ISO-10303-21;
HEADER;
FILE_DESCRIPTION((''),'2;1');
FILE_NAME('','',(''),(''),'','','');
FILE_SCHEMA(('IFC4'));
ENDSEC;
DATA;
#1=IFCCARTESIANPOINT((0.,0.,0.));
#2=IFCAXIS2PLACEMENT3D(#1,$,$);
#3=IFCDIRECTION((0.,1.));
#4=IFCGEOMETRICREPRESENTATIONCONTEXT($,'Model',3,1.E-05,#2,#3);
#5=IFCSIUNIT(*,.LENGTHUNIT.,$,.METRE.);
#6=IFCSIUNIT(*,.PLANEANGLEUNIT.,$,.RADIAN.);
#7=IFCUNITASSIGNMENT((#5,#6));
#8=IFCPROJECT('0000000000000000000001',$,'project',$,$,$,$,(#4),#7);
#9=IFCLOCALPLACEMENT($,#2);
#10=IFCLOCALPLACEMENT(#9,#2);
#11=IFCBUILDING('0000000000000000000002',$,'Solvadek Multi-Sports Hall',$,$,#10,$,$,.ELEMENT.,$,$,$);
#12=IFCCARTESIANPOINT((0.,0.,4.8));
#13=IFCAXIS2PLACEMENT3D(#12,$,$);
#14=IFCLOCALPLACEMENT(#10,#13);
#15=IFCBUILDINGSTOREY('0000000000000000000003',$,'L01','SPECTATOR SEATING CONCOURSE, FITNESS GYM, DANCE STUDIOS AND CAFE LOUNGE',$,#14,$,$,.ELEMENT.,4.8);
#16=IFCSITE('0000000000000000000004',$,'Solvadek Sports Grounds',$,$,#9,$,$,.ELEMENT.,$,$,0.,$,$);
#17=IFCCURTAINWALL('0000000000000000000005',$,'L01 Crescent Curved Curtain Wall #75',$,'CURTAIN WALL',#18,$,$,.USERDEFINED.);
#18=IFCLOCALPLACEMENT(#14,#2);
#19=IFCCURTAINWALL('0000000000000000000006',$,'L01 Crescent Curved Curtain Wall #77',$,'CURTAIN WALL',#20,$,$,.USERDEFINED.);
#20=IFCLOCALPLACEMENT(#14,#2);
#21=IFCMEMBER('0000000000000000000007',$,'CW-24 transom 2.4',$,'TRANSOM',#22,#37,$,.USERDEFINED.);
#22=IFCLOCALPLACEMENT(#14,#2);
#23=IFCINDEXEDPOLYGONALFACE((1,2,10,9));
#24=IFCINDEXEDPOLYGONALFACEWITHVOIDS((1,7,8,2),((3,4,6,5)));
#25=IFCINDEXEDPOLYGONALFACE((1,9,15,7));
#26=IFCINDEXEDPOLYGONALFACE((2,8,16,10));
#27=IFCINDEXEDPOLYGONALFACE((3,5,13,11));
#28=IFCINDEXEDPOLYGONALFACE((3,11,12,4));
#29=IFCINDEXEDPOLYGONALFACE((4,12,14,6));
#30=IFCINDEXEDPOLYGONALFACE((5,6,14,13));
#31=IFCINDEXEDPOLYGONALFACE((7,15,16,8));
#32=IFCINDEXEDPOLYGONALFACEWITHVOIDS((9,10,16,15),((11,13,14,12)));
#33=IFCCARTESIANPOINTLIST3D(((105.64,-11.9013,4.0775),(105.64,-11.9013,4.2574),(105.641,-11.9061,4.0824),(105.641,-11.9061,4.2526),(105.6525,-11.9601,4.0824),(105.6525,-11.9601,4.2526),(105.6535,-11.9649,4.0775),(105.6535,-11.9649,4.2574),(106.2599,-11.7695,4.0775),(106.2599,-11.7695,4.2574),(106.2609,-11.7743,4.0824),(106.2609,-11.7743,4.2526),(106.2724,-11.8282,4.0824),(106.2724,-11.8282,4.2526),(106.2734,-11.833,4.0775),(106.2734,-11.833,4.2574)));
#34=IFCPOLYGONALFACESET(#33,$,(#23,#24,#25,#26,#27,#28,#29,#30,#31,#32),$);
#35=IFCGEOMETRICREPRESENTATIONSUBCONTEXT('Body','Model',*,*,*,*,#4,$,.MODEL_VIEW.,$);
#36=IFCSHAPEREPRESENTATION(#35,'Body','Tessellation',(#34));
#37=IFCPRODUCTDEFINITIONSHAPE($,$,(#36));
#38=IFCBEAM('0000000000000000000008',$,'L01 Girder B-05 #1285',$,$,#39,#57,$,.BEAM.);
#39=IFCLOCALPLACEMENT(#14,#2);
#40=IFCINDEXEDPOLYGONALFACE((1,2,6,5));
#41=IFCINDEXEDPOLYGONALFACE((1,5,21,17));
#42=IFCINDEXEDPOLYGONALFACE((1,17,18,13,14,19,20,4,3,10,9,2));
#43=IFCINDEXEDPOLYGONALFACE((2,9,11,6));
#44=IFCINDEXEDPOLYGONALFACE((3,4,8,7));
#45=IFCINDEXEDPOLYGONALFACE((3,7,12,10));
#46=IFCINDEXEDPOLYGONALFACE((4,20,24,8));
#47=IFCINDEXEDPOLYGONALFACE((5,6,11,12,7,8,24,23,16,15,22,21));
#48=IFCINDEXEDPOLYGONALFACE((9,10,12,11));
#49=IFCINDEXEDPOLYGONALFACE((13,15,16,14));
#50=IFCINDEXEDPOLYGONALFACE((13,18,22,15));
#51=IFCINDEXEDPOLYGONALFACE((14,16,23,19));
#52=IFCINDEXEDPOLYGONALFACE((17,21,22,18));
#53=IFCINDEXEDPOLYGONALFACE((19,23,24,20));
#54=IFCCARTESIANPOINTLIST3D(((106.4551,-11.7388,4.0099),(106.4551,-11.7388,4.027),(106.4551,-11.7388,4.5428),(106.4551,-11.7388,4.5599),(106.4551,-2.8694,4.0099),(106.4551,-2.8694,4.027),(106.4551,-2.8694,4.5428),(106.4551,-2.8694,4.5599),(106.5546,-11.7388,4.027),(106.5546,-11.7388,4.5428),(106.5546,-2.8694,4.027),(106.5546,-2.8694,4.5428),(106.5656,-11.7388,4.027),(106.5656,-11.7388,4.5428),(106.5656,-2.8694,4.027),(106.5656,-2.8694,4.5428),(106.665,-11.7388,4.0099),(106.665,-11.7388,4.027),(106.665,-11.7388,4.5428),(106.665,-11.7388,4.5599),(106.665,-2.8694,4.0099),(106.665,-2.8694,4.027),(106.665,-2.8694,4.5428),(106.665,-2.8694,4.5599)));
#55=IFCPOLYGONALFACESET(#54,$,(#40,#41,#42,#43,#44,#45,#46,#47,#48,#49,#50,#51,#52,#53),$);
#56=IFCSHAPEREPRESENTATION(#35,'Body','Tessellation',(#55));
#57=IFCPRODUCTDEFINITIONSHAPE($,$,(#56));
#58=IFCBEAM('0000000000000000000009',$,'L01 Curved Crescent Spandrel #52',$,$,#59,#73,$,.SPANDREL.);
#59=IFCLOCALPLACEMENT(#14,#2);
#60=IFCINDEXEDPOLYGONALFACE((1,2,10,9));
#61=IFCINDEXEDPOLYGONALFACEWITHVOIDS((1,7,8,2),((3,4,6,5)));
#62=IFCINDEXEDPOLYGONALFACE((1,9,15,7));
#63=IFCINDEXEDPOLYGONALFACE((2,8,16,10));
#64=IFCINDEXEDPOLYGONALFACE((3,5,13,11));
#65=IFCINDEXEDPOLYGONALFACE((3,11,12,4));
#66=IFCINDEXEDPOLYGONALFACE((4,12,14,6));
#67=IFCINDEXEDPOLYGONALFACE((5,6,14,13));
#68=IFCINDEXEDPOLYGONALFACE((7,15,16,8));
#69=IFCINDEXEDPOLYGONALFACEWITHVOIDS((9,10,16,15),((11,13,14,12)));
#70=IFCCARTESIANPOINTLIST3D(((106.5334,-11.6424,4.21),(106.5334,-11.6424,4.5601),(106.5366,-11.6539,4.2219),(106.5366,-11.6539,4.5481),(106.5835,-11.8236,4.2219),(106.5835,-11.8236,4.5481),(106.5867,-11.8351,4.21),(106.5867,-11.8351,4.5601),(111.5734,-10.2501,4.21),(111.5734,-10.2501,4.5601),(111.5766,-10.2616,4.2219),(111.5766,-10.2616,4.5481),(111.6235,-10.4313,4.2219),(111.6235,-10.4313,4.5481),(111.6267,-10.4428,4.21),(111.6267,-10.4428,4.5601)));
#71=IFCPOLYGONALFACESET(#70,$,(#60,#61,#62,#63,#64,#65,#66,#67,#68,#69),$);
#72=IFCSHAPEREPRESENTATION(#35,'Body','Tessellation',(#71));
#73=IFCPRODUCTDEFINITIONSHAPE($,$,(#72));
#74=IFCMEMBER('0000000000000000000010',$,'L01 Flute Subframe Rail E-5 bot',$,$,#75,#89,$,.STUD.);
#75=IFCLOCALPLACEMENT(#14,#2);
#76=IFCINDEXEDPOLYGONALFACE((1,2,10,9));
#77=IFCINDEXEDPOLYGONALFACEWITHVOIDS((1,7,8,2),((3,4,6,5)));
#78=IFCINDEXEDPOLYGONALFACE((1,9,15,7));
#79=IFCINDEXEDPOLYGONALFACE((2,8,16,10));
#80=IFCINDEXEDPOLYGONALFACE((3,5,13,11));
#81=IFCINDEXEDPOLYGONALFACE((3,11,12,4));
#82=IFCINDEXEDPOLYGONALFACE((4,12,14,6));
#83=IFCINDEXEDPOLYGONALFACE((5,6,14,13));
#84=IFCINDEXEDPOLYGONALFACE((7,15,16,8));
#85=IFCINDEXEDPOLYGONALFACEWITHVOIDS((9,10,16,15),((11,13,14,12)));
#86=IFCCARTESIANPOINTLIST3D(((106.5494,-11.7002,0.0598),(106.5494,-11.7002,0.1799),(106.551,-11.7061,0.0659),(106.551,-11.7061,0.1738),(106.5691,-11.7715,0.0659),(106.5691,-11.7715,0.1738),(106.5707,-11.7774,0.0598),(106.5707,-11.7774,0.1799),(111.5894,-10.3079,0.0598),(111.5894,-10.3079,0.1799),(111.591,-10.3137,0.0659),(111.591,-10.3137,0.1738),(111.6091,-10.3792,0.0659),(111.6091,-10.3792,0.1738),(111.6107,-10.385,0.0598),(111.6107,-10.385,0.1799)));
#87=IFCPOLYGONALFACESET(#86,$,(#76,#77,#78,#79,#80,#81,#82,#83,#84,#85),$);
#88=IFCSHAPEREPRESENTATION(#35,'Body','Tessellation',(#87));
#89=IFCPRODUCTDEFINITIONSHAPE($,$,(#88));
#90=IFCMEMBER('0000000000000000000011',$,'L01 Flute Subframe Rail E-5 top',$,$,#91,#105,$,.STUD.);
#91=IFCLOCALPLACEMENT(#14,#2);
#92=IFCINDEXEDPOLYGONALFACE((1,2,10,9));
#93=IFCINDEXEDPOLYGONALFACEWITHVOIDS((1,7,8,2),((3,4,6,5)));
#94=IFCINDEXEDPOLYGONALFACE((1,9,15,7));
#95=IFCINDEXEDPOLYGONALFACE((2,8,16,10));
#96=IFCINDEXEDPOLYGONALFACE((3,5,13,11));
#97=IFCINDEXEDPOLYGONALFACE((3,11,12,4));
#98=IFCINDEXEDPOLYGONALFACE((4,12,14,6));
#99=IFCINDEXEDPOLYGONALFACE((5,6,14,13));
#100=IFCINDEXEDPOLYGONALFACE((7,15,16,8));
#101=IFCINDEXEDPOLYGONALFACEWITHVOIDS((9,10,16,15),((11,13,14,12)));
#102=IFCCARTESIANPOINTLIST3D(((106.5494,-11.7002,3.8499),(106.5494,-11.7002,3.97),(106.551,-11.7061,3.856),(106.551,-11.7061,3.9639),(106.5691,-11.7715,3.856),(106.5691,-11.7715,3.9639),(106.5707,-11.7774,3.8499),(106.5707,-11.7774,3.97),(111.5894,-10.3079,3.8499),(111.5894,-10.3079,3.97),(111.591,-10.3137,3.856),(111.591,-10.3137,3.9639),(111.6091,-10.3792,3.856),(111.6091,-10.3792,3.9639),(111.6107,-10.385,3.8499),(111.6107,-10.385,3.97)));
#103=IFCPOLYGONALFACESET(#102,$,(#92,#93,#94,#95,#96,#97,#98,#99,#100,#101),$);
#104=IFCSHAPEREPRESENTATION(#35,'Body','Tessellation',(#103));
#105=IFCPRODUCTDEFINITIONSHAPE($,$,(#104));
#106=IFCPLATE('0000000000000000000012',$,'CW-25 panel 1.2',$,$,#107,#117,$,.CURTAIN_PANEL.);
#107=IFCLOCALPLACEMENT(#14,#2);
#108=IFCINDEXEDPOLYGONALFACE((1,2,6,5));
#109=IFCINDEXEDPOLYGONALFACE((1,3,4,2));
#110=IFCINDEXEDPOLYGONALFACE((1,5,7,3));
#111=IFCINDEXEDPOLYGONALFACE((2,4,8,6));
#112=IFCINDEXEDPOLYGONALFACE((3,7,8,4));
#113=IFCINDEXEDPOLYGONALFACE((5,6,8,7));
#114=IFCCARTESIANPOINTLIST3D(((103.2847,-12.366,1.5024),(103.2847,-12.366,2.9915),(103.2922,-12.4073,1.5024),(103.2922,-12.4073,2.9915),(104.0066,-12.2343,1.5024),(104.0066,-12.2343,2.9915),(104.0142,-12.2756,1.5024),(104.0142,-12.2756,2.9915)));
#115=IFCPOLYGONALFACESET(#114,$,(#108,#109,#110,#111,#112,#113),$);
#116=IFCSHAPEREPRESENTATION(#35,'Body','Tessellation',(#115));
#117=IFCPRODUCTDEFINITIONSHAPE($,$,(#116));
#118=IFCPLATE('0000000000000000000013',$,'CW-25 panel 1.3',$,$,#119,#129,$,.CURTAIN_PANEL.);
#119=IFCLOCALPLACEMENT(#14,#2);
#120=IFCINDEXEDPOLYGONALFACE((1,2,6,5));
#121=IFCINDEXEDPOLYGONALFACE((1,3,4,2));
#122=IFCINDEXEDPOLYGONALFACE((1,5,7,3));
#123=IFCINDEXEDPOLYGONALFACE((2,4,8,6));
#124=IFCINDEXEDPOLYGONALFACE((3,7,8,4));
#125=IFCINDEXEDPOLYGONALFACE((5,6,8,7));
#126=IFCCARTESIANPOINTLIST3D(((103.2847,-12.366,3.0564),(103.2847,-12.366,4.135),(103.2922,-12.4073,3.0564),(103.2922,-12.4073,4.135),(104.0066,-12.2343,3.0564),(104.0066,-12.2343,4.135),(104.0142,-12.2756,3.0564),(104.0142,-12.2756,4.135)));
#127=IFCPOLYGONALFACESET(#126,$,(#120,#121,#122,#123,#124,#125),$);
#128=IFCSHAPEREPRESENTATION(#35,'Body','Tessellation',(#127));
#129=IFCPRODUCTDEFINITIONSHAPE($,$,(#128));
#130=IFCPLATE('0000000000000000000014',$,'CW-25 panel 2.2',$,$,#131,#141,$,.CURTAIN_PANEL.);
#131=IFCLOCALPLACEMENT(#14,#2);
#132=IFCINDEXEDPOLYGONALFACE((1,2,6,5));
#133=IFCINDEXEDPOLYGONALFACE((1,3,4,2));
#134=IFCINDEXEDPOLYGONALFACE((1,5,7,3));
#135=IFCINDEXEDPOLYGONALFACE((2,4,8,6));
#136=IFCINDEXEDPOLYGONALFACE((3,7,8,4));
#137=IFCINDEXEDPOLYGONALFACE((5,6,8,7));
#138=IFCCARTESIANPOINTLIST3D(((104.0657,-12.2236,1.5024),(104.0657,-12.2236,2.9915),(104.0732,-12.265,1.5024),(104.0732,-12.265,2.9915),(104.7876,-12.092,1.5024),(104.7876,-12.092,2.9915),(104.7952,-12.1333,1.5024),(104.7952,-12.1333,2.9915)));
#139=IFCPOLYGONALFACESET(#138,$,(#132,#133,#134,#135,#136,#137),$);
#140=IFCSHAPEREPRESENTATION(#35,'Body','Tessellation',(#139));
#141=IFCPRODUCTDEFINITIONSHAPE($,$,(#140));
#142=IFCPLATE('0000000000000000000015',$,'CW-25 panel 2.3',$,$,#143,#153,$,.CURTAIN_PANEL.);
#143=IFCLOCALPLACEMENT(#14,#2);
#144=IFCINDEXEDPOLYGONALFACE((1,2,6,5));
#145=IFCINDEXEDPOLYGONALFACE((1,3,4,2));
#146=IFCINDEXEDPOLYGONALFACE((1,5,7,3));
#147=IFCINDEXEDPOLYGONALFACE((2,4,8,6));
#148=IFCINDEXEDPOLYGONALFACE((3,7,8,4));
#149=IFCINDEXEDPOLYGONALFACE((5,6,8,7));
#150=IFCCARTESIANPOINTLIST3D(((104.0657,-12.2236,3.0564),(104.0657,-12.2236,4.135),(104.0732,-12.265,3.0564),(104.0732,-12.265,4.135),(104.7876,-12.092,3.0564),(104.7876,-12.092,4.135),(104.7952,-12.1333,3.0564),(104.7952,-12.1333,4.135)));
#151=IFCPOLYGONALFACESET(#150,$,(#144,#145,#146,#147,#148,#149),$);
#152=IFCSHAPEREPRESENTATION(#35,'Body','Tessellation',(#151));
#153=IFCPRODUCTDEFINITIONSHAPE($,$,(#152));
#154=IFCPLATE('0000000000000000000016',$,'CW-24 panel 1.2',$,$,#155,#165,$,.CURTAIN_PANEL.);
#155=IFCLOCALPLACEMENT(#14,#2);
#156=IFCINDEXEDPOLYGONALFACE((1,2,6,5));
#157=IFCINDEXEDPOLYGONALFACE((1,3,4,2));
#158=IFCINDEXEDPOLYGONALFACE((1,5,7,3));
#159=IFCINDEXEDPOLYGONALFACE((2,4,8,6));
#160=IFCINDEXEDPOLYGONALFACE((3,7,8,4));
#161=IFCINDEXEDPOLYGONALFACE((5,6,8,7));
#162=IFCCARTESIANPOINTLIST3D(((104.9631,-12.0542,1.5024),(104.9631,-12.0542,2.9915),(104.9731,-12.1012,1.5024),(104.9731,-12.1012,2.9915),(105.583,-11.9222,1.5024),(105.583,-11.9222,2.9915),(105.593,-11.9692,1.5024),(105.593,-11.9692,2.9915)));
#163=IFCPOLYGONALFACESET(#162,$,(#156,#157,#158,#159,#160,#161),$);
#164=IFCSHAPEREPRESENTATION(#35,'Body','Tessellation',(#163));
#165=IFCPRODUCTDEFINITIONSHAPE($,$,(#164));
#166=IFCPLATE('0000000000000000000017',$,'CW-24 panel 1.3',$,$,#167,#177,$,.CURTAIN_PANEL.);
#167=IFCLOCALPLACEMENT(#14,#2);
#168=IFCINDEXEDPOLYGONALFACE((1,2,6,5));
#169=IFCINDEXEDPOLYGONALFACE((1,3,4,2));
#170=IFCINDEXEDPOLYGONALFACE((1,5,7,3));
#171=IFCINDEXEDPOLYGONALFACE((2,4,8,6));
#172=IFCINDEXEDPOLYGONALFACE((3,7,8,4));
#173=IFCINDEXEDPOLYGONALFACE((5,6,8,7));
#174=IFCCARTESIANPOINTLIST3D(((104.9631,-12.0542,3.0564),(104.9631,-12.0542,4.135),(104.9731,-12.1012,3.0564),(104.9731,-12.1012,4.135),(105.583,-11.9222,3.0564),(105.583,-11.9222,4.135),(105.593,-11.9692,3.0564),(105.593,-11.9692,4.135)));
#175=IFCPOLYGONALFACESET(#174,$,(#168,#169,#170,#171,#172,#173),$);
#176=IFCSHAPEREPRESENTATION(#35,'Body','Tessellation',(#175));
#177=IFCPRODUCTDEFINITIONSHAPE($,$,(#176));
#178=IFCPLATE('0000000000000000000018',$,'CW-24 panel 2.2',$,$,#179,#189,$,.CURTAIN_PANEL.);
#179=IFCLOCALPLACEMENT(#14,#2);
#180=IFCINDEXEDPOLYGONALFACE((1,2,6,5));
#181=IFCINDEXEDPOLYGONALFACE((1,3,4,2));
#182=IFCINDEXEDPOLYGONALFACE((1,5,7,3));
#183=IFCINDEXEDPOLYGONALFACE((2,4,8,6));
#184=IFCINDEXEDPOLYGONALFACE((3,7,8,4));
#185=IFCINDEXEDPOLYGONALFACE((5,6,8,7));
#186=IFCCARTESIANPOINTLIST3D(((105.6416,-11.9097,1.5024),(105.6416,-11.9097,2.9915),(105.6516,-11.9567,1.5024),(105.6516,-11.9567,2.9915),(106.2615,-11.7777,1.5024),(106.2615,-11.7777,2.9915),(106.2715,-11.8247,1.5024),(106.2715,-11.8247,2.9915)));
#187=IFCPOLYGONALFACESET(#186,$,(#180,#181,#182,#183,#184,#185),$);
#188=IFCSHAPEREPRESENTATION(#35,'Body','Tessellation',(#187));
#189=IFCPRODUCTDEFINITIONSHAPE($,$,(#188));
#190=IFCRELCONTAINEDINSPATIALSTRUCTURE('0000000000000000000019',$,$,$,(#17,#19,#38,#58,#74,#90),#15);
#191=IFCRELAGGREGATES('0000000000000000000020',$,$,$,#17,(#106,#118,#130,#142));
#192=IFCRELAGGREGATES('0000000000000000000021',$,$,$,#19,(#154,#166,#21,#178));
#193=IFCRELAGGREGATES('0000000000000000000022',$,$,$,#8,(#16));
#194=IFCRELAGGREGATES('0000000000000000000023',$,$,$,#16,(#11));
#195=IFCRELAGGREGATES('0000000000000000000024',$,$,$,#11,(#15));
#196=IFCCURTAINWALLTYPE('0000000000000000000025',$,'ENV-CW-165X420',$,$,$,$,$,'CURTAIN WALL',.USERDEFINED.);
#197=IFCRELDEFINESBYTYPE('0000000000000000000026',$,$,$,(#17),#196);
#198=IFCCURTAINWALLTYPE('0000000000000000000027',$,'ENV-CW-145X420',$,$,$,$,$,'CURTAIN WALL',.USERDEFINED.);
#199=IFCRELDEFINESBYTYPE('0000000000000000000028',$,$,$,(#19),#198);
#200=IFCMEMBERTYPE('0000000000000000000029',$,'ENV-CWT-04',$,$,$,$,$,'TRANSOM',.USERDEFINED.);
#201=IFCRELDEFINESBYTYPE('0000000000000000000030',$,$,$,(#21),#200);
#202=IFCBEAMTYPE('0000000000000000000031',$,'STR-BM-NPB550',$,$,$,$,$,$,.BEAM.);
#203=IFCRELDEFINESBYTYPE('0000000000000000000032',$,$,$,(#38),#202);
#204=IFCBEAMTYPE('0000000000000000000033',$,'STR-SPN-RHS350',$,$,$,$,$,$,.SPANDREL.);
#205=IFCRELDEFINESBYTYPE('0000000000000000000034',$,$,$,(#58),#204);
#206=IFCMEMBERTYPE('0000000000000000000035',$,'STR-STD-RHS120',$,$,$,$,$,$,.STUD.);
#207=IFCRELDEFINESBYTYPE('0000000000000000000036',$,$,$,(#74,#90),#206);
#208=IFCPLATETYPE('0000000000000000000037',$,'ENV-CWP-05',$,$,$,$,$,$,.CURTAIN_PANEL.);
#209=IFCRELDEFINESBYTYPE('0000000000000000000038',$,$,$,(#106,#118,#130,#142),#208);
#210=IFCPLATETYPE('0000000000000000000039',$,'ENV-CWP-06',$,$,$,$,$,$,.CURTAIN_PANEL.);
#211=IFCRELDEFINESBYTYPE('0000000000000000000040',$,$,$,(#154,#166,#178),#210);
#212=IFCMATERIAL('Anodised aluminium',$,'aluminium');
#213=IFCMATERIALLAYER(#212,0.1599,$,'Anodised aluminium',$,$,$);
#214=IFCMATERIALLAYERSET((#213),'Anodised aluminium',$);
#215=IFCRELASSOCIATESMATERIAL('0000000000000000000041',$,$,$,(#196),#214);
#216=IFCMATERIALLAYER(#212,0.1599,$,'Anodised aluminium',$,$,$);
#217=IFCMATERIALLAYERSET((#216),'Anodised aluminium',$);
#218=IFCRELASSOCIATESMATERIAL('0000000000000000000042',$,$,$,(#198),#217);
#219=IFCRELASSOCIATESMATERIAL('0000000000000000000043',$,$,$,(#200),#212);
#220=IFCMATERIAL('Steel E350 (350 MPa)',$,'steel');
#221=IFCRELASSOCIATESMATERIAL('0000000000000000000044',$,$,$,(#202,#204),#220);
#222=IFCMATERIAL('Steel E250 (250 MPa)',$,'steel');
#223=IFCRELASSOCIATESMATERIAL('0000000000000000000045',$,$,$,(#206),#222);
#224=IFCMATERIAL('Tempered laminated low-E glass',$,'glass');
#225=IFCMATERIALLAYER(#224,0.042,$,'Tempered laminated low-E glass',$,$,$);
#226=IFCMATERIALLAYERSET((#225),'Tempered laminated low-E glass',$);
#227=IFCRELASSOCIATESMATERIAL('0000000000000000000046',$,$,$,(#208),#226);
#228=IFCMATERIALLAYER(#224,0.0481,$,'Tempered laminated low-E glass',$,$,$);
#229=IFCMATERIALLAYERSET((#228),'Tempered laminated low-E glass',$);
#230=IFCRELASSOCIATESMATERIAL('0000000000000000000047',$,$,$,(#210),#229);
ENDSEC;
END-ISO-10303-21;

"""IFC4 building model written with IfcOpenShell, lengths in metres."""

from ifc_helpers import new_model, si_unit, direction, frame, origin, origin_2d, place, context, subcontext, project, spatial, rectangle, hollow_rectangle, i_section, extrude, material, layer, layer_set, material_profile, profile_set, type_object, element, aggregate, save


model = new_model("IFC4")

# Units and contexts
model_context = context("Model", 3, precision=1e-05, world=origin(), true_north=direction((0.0, 1.0)))
body_context = subcontext(model_context, "Body", "Model", "MODEL_VIEW")
ifc_project = project(units=[si_unit("LENGTHUNIT", "METRE"), si_unit("PLANEANGLEUNIT", "RADIAN")], contexts=[model_context])

# Site, building, storey
site_placement = place(None, origin())
site = spatial("IfcSite", under=ifc_project, at=site_placement, Name="Solvadek Sports Grounds", CompositionType="ELEMENT", RefElevation=0.0)
building_placement = place(site_placement, origin())
building = spatial("IfcBuilding", under=site, at=building_placement, Name="Solvadek Multi-Sports Hall", CompositionType="ELEMENT")
storey_placement = place(building_placement, frame((0.0, 0.0, 4.8)))
storey = spatial("IfcBuildingStorey", under=building, at=storey_placement, Name="L01", Description="SPECTATOR SEATING CONCOURSE, FITNESS GYM, DANCE STUDIOS AND CAFE LOUNGE", CompositionType="ELEMENT", Elevation=4.8)

# Curtain walls, member
ifc_material_1 = material(Name="Anodised aluminium", Category="aluminium")
ifc_layer_1 = layer(ifc_material_1, 0.1599, Name="Anodised aluminium")
ifc_layer_set_1 = layer_set([ifc_layer_1], Name="Anodised aluminium")
curtain_wall_type_1 = type_object("IfcCurtainWallType", Name="ENV-CW-165X420", ElementType="CURTAIN WALL", PredefinedType="USERDEFINED", material=ifc_layer_set_1)
curtain_wall_1_placement = place(storey_placement, origin())
curtain_wall_1 = element("IfcCurtainWall", 1, at=curtain_wall_1_placement, inside=storey, type_object=curtain_wall_type_1, Name="L01 Crescent Curved Curtain Wall #75", ObjectType="CURTAIN WALL", PredefinedType="USERDEFINED")
ifc_layer_2 = layer(ifc_material_1, 0.1599, Name="Anodised aluminium")
ifc_layer_set_2 = layer_set([ifc_layer_2], Name="Anodised aluminium")
curtain_wall_type_2 = type_object("IfcCurtainWallType", Name="ENV-CW-145X420", ElementType="CURTAIN WALL", PredefinedType="USERDEFINED", material=ifc_layer_set_2)
curtain_wall_2_placement = place(storey_placement, origin())
curtain_wall_2 = element("IfcCurtainWall", 2, at=curtain_wall_2_placement, inside=storey, type_object=curtain_wall_type_2, Name="L01 Crescent Curved Curtain Wall #77", ObjectType="CURTAIN WALL", PredefinedType="USERDEFINED")
ifc_material_profile_1 = material_profile(ifc_material_1, hollow_rectangle(XDim=0.0649, YDim=0.1799, WallThickness=0.0049, at=origin_2d()), Name="ALU-T 180x65x5")
ifc_profile_set_1 = profile_set([ifc_material_profile_1], Name="Anodised aluminium")
member_type_1 = type_object("IfcMemberType", Name="ENV-CWT-04", ElementType="TRANSOM", PredefinedType="USERDEFINED", material=ifc_profile_set_1)
member_1_placement = place(storey_placement, frame((105.6467, -11.9331, 4.1675), z_axis=(0.978123, 0.208029, 0.0), x_axis=(-0.208029, 0.978123, 0.0)))
member_1 = element("IfcMember", 3, at=member_1_placement, type_object=member_type_1, Name="CW-24 transom 2.4", ObjectType="TRANSOM", PredefinedType="USERDEFINED", context=body_context, shape_type="SweptSolid", body=[
    extrude(hollow_rectangle(XDim=0.0649, YDim=0.1799, WallThickness=0.0049, at=origin_2d()), origin(), (0.0, 0.0, 1.0), 0.6338),
])

# Beams
ifc_material_2 = material(Name="Steel E350 (350 MPa)", Category="steel")
ifc_material_profile_2 = material_profile(ifc_material_2, i_section(OverallWidth=0.21, OverallDepth=0.55, WebThickness=0.011, FlangeThickness=0.0171, at=origin_2d()), Name="NPB 550")
ifc_profile_set_2 = profile_set([ifc_material_profile_2], Name="Steel E350 (350 MPa)")
beam_type_1 = type_object("IfcBeamType", Name="STR-BM-NPB550", PredefinedType="BEAM", material=ifc_profile_set_2)
beam_1_placement = place(storey_placement, frame((106.5601, -11.7388, 4.2849), z_axis=(0.0, 1.0, 0.0), x_axis=(-1.0, 0.0, 0.0)))
element("IfcBeam", 4, at=beam_1_placement, inside=storey, type_object=beam_type_1, Name="L01 Girder B-05 #1285", PredefinedType="BEAM", context=body_context, shape_type="SweptSolid", body=[
    extrude(i_section(OverallWidth=0.21, OverallDepth=0.55, WebThickness=0.011, FlangeThickness=0.0171, at=origin_2d()), origin(), (0.0, 0.0, 1.0), 8.8694),
])
ifc_material_profile_3 = material_profile(ifc_material_2, hollow_rectangle(XDim=0.2, YDim=0.3501, WallThickness=0.012, at=origin_2d()), Name="RHS 350x200x12")
ifc_profile_set_3 = profile_set([ifc_material_profile_3], Name="Steel E350 (350 MPa)")
beam_type_2 = type_object("IfcBeamType", Name="STR-SPN-RHS350", PredefinedType="SPANDREL", material=ifc_profile_set_3)
beam_2_placement = place(storey_placement, frame((106.5601, -11.7388, 4.385), z_axis=(0.963896, 0.266281, 0.0), x_axis=(-0.266281, 0.963896, 0.0)))
element("IfcBeam", 5, at=beam_2_placement, inside=storey, type_object=beam_type_2, Name="L01 Curved Crescent Spandrel #52", PredefinedType="SPANDREL", context=body_context, shape_type="SweptSolid", body=[
    extrude(hollow_rectangle(XDim=0.2, YDim=0.3501, WallThickness=0.012, at=origin_2d()), origin(), (0.0, 0.0, 1.0), 5.2288),
])

# Members
ifc_material_3 = material(Name="Steel E250 (250 MPa)", Category="steel")
ifc_material_profile_4 = material_profile(ifc_material_3, hollow_rectangle(XDim=0.0801, YDim=0.1201, WallThickness=0.0061, at=origin_2d()), Name="RHS 120x80x6")
ifc_profile_set_4 = profile_set([ifc_material_profile_4], Name="Steel E250 (250 MPa)")
member_type_2 = type_object("IfcMemberType", Name="STR-STD-RHS120", PredefinedType="STUD", material=ifc_profile_set_4)
for number, where, z_axis, x_axis, name in (
    (6, (106.5601, -11.7388, 0.1199), (0.963896, 0.266281, 0.0), (-0.266281, 0.963896, 0.0), "L01 Flute Subframe Rail E-5 bot"),
    (7, (106.5601, -11.7388, 3.9099), (0.963896, 0.266281, 0.0), (-0.266281, 0.963896, 0.0), "L01 Flute Subframe Rail E-5 top"),
):
    element("IfcMember", number, at=place(storey_placement, frame(where, z_axis=z_axis, x_axis=x_axis)), inside=storey, type_object=member_type_2, Name=name, PredefinedType="STUD", context=body_context, shape_type="SweptSolid", body=[
        extrude(hollow_rectangle(XDim=0.0801, YDim=0.1201, WallThickness=0.0061, at=origin_2d()), origin(), (0.0, 0.0, 1.0), 5.2288),
    ])

# Plates
ifc_material_4 = material(Name="Tempered laminated low-E glass", Category="glass")
ifc_layer_3 = layer(ifc_material_4, 0.042, Name="Tempered laminated low-E glass")
ifc_layer_set_3 = layer_set([ifc_layer_3], Name="Tempered laminated low-E glass")
plate_type_1 = type_object("IfcPlateType", Name="ENV-CWP-05", PredefinedType="CURTAIN_PANEL", material=ifc_layer_set_3)
plate_1_placement = place(storey_placement, frame((103.6494, -12.3208, 1.5024), z_axis=(0.0, 0.0, 1.0), x_axis=(0.983777, 0.179398, 0.0)))
plate_1 = element("IfcPlate", 8, at=plate_1_placement, type_object=plate_type_1, Name="CW-25 panel 1.2", PredefinedType="CURTAIN_PANEL", context=body_context, shape_type="SweptSolid", body=[
    extrude(rectangle(XDim=0.7339, YDim=0.042, at=origin_2d()), origin(), (0.0, 0.0, 1.0), 1.489),
])
plate_2_placement = place(storey_placement, frame((103.6494, -12.3208, 3.0564), z_axis=(0.0, 0.0, 1.0), x_axis=(0.983777, 0.179398, 0.0)))
plate_2 = element("IfcPlate", 9, at=plate_2_placement, type_object=plate_type_1, Name="CW-25 panel 1.3", PredefinedType="CURTAIN_PANEL", context=body_context, shape_type="SweptSolid", body=[
    extrude(rectangle(XDim=0.7339, YDim=0.042, at=origin_2d()), origin(), (0.0, 0.0, 1.0), 1.0786),
])
plate_3_placement = place(storey_placement, frame((104.4304, -12.1785, 1.5024), z_axis=(0.0, 0.0, 1.0), x_axis=(0.983777, 0.179398, 0.0)))
plate_3 = element("IfcPlate", 10, at=plate_3_placement, type_object=plate_type_1, Name="CW-25 panel 2.2", PredefinedType="CURTAIN_PANEL", context=body_context, shape_type="SweptSolid", body=[
    extrude(rectangle(XDim=0.7339, YDim=0.042, at=origin_2d()), origin(), (0.0, 0.0, 1.0), 1.489),
])
plate_4_placement = place(storey_placement, frame((104.4304, -12.1785, 3.0564), z_axis=(0.0, 0.0, 1.0), x_axis=(0.983777, 0.179398, 0.0)))
plate_4 = element("IfcPlate", 11, at=plate_4_placement, type_object=plate_type_1, Name="CW-25 panel 2.3", PredefinedType="CURTAIN_PANEL", context=body_context, shape_type="SweptSolid", body=[
    extrude(rectangle(XDim=0.7339, YDim=0.042, at=origin_2d()), origin(), (0.0, 0.0, 1.0), 1.0786),
])
aggregate(curtain_wall_1, [plate_1, plate_2, plate_3, plate_4])
ifc_layer_4 = layer(ifc_material_4, 0.0481, Name="Tempered laminated low-E glass")
ifc_layer_set_4 = layer_set([ifc_layer_4], Name="Tempered laminated low-E glass")
plate_type_2 = type_object("IfcPlateType", Name="ENV-CWP-06", PredefinedType="CURTAIN_PANEL", material=ifc_layer_set_4)
plate_5_placement = place(storey_placement, frame((105.2781, -12.0117, 1.5024), z_axis=(0.0, 0.0, 1.0), x_axis=(0.978075, 0.208255, 0.0)))
plate_5 = element("IfcPlate", 12, at=plate_5_placement, type_object=plate_type_2, Name="CW-24 panel 1.2", PredefinedType="CURTAIN_PANEL", context=body_context, shape_type="SweptSolid", body=[
    extrude(rectangle(XDim=0.6338, YDim=0.0481, at=origin_2d()), origin(), (0.0, 0.0, 1.0), 1.489),
])
plate_6_placement = place(storey_placement, frame((105.2781, -12.0117, 3.0564), z_axis=(0.0, 0.0, 1.0), x_axis=(0.978075, 0.208255, 0.0)))
plate_6 = element("IfcPlate", 13, at=plate_6_placement, type_object=plate_type_2, Name="CW-24 panel 1.3", PredefinedType="CURTAIN_PANEL", context=body_context, shape_type="SweptSolid", body=[
    extrude(rectangle(XDim=0.6338, YDim=0.0481, at=origin_2d()), origin(), (0.0, 0.0, 1.0), 1.0786),
])
plate_7_placement = place(storey_placement, frame((105.9565, -11.8672, 1.5024), z_axis=(0.0, 0.0, 1.0), x_axis=(0.978075, 0.208255, 0.0)))
plate_7 = element("IfcPlate", 14, at=plate_7_placement, type_object=plate_type_2, Name="CW-24 panel 2.2", PredefinedType="CURTAIN_PANEL", context=body_context, shape_type="SweptSolid", body=[
    extrude(rectangle(XDim=0.6338, YDim=0.0481, at=origin_2d()), origin(), (0.0, 0.0, 1.0), 1.489),
])
aggregate(curtain_wall_2, [plate_5, plate_6, member_1, plate_7])

save(model, "model.ifc")
